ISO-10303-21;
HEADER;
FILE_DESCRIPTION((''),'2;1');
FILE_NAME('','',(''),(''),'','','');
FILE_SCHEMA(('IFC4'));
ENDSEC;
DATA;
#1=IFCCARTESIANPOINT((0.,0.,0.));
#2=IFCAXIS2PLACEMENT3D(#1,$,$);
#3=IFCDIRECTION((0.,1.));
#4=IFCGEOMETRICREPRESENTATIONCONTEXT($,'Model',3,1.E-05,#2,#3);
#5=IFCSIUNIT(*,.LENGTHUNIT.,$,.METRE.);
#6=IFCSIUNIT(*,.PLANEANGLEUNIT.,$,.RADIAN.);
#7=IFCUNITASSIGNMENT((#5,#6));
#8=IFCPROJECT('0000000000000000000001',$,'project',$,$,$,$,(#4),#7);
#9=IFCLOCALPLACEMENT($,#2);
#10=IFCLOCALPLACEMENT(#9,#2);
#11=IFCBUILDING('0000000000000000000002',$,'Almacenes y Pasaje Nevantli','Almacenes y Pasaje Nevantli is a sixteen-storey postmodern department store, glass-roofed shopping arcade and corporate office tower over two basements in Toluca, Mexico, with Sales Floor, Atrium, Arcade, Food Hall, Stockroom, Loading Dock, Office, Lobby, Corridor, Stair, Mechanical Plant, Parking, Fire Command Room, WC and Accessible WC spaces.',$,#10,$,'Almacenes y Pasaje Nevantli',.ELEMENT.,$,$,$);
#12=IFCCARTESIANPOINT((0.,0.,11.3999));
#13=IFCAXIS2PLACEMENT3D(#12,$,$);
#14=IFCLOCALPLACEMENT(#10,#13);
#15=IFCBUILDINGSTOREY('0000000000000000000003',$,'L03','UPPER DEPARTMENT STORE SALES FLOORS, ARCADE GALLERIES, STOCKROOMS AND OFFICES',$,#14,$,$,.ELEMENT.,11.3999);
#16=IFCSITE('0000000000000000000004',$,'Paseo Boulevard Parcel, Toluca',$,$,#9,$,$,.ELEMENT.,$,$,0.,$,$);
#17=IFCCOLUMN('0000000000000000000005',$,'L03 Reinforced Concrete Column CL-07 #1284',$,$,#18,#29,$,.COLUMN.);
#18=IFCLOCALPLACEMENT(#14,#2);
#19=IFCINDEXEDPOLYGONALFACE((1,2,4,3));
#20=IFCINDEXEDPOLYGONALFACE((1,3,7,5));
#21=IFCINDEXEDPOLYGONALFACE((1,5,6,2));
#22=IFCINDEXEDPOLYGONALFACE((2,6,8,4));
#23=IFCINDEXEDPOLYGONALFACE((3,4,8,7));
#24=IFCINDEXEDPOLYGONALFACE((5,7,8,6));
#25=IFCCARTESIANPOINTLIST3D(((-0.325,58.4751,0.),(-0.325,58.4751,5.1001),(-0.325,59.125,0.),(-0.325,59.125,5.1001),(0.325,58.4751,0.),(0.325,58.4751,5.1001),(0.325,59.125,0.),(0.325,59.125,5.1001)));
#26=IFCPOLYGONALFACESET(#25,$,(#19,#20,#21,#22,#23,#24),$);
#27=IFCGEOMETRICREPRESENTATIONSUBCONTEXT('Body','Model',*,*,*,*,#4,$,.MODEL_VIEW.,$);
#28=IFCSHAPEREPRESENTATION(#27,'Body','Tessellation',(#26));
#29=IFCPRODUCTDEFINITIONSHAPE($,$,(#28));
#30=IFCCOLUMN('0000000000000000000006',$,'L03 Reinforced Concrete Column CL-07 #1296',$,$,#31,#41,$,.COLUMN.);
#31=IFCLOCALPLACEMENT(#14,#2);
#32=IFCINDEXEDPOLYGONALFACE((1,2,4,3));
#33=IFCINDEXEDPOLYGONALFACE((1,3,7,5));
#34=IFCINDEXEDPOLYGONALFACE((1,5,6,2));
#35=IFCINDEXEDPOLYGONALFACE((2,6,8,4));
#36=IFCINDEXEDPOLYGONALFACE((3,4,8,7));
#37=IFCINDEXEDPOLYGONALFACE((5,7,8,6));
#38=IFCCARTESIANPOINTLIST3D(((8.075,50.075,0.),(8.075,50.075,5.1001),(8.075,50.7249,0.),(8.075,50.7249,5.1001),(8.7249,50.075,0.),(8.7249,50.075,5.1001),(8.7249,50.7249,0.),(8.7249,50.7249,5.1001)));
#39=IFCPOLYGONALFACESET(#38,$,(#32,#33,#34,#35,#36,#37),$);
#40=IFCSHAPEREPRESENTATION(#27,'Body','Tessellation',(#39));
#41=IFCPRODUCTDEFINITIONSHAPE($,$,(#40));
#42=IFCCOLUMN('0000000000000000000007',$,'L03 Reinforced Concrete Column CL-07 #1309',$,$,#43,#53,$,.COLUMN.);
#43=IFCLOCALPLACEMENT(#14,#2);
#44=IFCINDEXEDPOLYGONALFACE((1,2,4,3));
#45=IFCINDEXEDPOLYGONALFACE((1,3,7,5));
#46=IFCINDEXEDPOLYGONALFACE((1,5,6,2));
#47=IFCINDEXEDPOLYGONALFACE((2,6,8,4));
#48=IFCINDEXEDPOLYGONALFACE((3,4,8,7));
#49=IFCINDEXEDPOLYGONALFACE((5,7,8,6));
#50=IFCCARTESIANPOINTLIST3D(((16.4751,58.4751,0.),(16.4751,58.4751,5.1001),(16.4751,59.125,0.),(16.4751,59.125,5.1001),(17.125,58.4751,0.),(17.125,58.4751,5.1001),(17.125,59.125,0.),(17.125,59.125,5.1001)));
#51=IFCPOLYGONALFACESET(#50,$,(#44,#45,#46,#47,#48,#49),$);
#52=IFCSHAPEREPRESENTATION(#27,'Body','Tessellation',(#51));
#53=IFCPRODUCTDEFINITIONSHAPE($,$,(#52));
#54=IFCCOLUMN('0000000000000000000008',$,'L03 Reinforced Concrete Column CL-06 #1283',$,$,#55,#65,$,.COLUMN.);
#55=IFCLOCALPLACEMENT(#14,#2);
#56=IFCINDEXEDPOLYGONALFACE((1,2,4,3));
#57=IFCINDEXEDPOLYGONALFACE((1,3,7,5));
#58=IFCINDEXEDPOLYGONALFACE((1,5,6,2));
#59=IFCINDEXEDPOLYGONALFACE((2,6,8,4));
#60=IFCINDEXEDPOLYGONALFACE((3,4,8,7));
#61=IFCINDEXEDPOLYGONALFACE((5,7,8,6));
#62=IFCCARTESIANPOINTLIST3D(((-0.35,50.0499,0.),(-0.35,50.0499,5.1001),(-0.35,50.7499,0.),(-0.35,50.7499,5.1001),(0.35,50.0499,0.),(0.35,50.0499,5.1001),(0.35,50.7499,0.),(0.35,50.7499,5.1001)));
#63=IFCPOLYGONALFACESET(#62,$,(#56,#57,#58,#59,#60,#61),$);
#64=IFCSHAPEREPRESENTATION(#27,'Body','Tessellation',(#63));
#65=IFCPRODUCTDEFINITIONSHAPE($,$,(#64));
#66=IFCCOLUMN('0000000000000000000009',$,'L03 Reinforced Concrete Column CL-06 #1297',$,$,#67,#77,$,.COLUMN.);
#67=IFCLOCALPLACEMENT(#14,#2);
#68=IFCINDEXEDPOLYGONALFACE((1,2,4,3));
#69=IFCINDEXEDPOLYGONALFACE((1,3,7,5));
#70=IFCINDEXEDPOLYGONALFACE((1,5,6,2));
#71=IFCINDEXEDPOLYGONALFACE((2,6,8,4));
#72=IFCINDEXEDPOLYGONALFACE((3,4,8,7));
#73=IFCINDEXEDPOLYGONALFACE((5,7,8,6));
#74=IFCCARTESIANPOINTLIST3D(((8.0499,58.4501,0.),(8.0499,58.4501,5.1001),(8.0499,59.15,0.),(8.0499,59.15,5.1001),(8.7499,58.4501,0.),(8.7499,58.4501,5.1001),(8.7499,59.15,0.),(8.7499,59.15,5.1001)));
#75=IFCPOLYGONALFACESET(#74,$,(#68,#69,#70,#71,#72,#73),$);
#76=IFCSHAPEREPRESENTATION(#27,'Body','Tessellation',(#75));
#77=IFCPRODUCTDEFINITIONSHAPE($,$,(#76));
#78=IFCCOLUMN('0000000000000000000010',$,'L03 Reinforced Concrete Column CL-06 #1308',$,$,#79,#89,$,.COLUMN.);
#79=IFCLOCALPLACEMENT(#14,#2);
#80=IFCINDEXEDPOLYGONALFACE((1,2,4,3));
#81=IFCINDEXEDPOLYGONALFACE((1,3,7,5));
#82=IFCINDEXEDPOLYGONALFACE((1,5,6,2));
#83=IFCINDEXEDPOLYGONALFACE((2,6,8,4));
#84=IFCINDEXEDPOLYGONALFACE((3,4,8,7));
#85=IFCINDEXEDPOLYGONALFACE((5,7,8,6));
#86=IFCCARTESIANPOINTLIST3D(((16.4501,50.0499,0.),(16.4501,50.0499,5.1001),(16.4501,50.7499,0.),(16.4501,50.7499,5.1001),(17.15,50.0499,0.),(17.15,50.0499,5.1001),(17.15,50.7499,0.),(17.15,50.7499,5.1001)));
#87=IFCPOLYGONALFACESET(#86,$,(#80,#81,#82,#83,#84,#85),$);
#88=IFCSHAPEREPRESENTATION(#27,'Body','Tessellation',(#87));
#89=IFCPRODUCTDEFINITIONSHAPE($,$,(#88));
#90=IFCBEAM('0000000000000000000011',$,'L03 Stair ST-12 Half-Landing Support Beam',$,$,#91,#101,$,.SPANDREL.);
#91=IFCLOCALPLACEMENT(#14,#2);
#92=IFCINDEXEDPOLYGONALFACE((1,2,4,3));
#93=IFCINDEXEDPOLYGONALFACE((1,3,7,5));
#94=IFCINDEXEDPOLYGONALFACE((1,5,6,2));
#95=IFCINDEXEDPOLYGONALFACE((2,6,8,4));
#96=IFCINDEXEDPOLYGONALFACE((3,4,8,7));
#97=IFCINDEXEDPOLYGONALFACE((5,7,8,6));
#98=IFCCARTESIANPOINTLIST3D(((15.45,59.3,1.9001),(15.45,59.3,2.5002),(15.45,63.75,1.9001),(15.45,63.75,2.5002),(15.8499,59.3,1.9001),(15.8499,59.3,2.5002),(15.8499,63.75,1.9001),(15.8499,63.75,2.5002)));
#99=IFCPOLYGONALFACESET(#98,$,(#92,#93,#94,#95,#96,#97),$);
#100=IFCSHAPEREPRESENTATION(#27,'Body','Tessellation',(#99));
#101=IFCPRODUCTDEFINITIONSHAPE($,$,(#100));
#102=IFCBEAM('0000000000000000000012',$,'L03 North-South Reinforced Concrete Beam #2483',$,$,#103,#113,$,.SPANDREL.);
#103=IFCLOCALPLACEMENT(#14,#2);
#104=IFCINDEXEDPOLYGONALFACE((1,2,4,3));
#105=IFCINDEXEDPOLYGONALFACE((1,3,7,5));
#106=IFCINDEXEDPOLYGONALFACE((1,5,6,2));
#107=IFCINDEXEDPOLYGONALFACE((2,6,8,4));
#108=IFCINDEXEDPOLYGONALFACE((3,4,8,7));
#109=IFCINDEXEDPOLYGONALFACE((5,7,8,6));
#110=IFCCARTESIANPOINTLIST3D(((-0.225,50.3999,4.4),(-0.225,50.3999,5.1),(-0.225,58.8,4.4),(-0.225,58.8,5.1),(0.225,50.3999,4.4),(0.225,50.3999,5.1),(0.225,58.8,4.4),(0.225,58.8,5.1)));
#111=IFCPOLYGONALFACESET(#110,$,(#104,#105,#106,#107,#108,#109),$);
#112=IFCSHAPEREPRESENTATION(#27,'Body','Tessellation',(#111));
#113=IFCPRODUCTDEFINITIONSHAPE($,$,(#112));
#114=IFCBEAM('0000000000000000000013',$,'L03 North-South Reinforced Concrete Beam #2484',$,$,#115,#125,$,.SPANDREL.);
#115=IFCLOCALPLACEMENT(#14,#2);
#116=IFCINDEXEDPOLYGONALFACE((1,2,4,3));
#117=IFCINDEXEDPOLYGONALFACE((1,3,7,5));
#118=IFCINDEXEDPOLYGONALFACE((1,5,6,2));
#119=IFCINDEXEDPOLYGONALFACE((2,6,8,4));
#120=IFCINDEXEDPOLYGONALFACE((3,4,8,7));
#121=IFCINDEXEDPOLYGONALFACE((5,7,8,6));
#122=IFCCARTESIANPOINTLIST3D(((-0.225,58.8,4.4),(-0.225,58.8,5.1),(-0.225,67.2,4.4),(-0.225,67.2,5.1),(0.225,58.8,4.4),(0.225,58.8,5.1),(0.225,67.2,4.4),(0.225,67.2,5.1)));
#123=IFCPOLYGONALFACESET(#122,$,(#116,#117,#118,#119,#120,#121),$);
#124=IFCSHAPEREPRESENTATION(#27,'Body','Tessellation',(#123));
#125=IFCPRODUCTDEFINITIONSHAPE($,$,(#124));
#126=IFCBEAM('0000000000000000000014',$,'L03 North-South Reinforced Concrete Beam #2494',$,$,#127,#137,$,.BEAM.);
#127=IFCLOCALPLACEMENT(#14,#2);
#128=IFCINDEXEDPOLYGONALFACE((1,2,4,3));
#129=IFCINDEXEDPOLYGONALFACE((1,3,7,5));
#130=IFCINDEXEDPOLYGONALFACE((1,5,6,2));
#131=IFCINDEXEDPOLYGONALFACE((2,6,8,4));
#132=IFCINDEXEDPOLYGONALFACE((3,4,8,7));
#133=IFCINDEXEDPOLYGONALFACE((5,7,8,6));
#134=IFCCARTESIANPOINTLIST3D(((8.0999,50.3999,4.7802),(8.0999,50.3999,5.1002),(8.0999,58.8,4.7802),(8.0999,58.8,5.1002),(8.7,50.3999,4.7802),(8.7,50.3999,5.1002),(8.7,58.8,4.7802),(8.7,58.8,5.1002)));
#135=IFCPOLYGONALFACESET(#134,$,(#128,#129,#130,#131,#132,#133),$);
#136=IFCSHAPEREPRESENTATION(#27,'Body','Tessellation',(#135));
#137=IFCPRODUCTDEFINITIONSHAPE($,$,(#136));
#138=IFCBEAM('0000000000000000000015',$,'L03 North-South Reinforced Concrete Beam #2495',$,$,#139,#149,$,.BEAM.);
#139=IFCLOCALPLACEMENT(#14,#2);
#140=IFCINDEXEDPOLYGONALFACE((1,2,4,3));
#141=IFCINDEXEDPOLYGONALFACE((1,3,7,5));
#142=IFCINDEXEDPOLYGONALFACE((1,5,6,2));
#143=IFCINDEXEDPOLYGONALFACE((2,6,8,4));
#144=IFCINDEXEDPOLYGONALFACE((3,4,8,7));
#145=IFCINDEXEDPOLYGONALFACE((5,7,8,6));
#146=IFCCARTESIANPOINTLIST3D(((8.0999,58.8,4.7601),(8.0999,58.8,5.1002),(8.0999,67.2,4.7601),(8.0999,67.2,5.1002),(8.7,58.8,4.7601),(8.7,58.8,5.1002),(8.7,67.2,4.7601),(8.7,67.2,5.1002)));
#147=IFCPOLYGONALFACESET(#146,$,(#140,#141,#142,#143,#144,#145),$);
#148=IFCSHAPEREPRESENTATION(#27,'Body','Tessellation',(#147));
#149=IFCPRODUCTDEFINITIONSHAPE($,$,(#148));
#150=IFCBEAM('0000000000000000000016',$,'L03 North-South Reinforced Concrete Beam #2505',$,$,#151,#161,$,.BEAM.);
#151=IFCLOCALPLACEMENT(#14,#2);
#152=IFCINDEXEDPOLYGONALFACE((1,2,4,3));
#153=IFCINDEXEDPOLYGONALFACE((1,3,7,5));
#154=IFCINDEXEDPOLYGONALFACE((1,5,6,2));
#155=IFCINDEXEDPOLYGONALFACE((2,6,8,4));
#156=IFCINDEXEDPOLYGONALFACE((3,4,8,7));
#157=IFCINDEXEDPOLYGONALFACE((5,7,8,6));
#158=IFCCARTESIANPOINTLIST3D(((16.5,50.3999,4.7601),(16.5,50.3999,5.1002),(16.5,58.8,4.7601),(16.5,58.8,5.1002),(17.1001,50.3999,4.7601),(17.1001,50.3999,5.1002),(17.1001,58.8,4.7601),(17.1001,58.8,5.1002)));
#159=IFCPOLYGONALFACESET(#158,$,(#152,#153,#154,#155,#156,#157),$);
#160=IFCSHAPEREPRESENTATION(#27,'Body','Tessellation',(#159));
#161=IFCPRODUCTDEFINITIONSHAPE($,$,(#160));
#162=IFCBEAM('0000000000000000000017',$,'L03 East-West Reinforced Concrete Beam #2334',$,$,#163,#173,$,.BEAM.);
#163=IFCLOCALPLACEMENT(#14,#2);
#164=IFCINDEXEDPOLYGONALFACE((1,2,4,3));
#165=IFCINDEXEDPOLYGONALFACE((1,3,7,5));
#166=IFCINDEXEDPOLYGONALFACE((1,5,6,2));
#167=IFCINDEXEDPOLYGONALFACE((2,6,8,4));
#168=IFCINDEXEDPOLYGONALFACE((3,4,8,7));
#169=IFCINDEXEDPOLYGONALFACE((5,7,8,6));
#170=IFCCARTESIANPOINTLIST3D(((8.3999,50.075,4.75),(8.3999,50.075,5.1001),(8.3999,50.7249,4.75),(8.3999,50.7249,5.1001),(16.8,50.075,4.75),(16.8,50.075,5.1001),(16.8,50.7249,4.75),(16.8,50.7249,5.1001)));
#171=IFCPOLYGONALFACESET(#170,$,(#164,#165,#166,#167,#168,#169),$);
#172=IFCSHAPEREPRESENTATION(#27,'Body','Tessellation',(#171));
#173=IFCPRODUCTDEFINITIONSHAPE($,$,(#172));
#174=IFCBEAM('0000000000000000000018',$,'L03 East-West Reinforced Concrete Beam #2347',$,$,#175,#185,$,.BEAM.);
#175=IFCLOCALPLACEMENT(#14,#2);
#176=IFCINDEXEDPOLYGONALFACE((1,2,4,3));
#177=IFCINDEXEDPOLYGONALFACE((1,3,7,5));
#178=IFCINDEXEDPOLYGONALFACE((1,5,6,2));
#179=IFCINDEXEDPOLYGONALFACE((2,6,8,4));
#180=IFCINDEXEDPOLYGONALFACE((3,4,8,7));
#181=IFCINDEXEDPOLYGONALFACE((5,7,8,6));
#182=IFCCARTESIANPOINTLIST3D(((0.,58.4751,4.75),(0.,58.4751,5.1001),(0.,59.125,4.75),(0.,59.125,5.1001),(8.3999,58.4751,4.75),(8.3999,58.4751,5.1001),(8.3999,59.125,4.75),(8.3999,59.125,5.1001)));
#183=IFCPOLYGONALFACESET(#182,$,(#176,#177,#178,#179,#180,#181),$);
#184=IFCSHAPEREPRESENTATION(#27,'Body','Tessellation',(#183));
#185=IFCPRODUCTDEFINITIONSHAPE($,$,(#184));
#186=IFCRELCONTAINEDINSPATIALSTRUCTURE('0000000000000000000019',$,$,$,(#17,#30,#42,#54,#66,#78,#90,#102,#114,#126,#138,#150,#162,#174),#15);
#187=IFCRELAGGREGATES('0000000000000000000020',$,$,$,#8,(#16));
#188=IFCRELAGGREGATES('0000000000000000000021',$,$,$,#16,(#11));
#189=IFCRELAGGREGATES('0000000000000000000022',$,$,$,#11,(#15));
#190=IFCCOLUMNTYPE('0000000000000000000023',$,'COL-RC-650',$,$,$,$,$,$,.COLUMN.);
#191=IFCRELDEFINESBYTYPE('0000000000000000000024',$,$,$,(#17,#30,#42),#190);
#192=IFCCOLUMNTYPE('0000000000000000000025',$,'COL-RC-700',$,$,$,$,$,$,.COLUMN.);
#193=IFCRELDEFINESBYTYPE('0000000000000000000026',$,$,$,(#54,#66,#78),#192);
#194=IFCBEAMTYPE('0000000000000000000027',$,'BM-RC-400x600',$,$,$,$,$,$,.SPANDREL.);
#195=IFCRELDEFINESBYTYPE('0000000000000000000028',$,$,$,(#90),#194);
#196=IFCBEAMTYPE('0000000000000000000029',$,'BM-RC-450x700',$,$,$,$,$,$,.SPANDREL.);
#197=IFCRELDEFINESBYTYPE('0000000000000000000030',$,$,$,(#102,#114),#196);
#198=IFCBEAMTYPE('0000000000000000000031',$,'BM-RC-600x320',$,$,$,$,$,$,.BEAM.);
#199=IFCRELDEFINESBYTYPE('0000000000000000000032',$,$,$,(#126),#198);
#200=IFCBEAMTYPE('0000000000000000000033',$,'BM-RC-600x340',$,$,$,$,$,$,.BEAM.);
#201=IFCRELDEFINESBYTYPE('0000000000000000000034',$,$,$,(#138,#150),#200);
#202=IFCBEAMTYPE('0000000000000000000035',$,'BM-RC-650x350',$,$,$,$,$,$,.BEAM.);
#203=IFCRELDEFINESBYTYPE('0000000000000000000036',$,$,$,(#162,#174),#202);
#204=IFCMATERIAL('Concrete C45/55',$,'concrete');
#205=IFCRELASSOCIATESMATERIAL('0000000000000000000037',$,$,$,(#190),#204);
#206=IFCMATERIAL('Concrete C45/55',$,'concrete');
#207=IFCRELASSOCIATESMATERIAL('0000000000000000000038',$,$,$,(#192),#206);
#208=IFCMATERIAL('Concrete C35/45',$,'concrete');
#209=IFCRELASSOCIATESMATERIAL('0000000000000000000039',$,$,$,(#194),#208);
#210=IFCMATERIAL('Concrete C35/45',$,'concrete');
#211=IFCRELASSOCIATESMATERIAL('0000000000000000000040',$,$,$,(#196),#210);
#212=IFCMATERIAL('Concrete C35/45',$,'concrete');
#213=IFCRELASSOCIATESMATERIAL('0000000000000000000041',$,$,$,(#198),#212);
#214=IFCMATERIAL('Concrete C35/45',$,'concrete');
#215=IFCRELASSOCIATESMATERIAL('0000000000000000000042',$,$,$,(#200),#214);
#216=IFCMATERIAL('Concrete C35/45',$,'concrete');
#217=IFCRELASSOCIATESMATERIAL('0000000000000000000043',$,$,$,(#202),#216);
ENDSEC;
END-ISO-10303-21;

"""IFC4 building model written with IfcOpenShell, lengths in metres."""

from ifc_helpers import new_model, si_unit, direction, frame, origin, origin_2d, place, context, subcontext, project, spatial, rectangle, extrude, material, material_profile, profile_set, type_object, element, save


model = new_model("IFC4")

# Units and contexts
model_context = context("Model", 3, precision=1e-05, world=origin(), true_north=direction((0.0, 1.0)))
body_context = subcontext(model_context, "Body", "Model", "MODEL_VIEW")
ifc_project = project(units=[si_unit("LENGTHUNIT", "METRE"), si_unit("PLANEANGLEUNIT", "RADIAN")], contexts=[model_context])

# Site, building, storey
site_placement = place(None, origin())
site = spatial("IfcSite", under=ifc_project, at=site_placement, Name="Paseo Boulevard Parcel, Toluca", CompositionType="ELEMENT", RefElevation=0.0)
building_placement = place(site_placement, origin())
building = spatial("IfcBuilding", under=site, at=building_placement, Name="Almacenes y Pasaje Nevantli", Description="Almacenes y Pasaje Nevantli is a sixteen-storey postmodern department store, glass-roofed shopping arcade and corporate office tower over two basements in Toluca, Mexico, with Sales Floor, Atrium, Arcade, Food Hall, Stockroom, Loading Dock, Office, Lobby, Corridor, Stair, Mechanical Plant, Parking, Fire Command Room, WC and Accessible WC spaces.", LongName="Almacenes y Pasaje Nevantli", CompositionType="ELEMENT")
storey_placement = place(building_placement, frame((0.0, 0.0, 11.3999)))
storey = spatial("IfcBuildingStorey", under=building, at=storey_placement, Name="L03", Description="UPPER DEPARTMENT STORE SALES FLOORS, ARCADE GALLERIES, STOCKROOMS AND OFFICES", CompositionType="ELEMENT", Elevation=11.3999)

# Columns
ifc_material_1 = material(Name="Concrete C45/55", Category="concrete")
ifc_material_profile_1 = material_profile(ifc_material_1, rectangle(XDim=0.6499, YDim=0.6499, at=origin_2d()), Name="RC-COL-650x650")
ifc_profile_set_1 = profile_set([ifc_material_profile_1], Name="Concrete C45/55")
column_type_1 = type_object("IfcColumnType", Name="COL-RC-650", PredefinedType="COLUMN", material=ifc_profile_set_1)
for number, where, z_axis, x_axis, name in (
    (1, (0.0, 58.8, 0.0), (0.0, 0.0, 1.0), (1.0, 0.0, 0.0), "L03 Reinforced Concrete Column CL-07 #1284"),
    (2, (8.3999, 50.3999, 0.0), (0.0, 0.0, 1.0), (1.0, 0.0, 0.0), "L03 Reinforced Concrete Column CL-07 #1296"),
    (3, (16.8, 58.8, 0.0), (0.0, 0.0, 1.0), (1.0, 0.0, 0.0), "L03 Reinforced Concrete Column CL-07 #1309"),
):
    element("IfcColumn", number, at=place(storey_placement, frame(where, z_axis=z_axis, x_axis=x_axis)), inside=storey, type_object=column_type_1, Name=name, PredefinedType="COLUMN", context=body_context, shape_type="SweptSolid", body=[
        extrude(rectangle(XDim=0.6499, YDim=0.6499, at=origin_2d()), origin(), (0.0, 0.0, 1.0), 5.1001),
    ])
ifc_material_2 = material(Name="Concrete C45/55", Category="concrete")
ifc_material_profile_2 = material_profile(ifc_material_2, rectangle(XDim=0.7, YDim=0.7, at=origin_2d()), Name="RC-COL-700x700")
ifc_profile_set_2 = profile_set([ifc_material_profile_2], Name="Concrete C45/55")
column_type_2 = type_object("IfcColumnType", Name="COL-RC-700", PredefinedType="COLUMN", material=ifc_profile_set_2)
for number, where, z_axis, x_axis, name in (
    (4, (0.0, 50.3999, 0.0), (0.0, 0.0, 1.0), (1.0, 0.0, 0.0), "L03 Reinforced Concrete Column CL-06 #1283"),
    (5, (8.3999, 58.8, 0.0), (0.0, 0.0, 1.0), (1.0, 0.0, 0.0), "L03 Reinforced Concrete Column CL-06 #1297"),
    (6, (16.8, 50.3999, 0.0), (0.0, 0.0, 1.0), (1.0, 0.0, 0.0), "L03 Reinforced Concrete Column CL-06 #1308"),
):
    element("IfcColumn", number, at=place(storey_placement, frame(where, z_axis=z_axis, x_axis=x_axis)), inside=storey, type_object=column_type_2, Name=name, PredefinedType="COLUMN", context=body_context, shape_type="SweptSolid", body=[
        extrude(rectangle(XDim=0.7, YDim=0.7, at=origin_2d()), origin(), (0.0, 0.0, 1.0), 5.1001),
    ])

# Beams
ifc_material_3 = material(Name="Concrete C35/45", Category="concrete")
ifc_material_profile_3 = material_profile(ifc_material_3, rectangle(XDim=0.3999, YDim=0.6001, at=origin_2d()), Name="RC-BM-400x600")
ifc_profile_set_3 = profile_set([ifc_material_profile_3], Name="Concrete C35/45")
beam_type_1 = type_object("IfcBeamType", Name="BM-RC-400x600", PredefinedType="SPANDREL", material=ifc_profile_set_3)
beam_1_placement = place(storey_placement, frame((15.6499, 59.3, 2.2002), z_axis=(0.0, 1.0, 0.0), x_axis=(-1.0, 0.0, 0.0)))
element("IfcBeam", 7, at=beam_1_placement, inside=storey, type_object=beam_type_1, Name="L03 Stair ST-12 Half-Landing Support Beam", PredefinedType="SPANDREL", context=body_context, shape_type="SweptSolid", body=[
    extrude(rectangle(XDim=0.3999, YDim=0.6001, at=origin_2d()), origin(), (0.0, 0.0, 1.0), 4.45),
])
ifc_material_4 = material(Name="Concrete C35/45", Category="concrete")
ifc_material_profile_4 = material_profile(ifc_material_4, rectangle(XDim=0.45, YDim=0.7, at=origin_2d()), Name="RC-BM-450x700")
ifc_profile_set_4 = profile_set([ifc_material_profile_4], Name="Concrete C35/45")
beam_type_2 = type_object("IfcBeamType", Name="BM-RC-450x700", PredefinedType="SPANDREL", material=ifc_profile_set_4)
beam_2_placement = place(storey_placement, frame((0.0, 50.3999, 4.75), z_axis=(0.0, 1.0, 0.0), x_axis=(-1.0, 0.0, 0.0)))
element("IfcBeam", 8, at=beam_2_placement, inside=storey, type_object=beam_type_2, Name="L03 North-South Reinforced Concrete Beam #2483", PredefinedType="SPANDREL", context=body_context, shape_type="SweptSolid", body=[
    extrude(rectangle(XDim=0.45, YDim=0.7, at=origin_2d()), origin(), (0.0, 0.0, 1.0), 8.4001),
])
beam_3_placement = place(storey_placement, frame((0.0, 58.8, 4.75), z_axis=(0.0, 1.0, 0.0), x_axis=(-1.0, 0.0, 0.0)))
element("IfcBeam", 9, at=beam_3_placement, inside=storey, type_object=beam_type_2, Name="L03 North-South Reinforced Concrete Beam #2484", PredefinedType="SPANDREL", context=body_context, shape_type="SweptSolid", body=[
    extrude(rectangle(XDim=0.45, YDim=0.7, at=origin_2d()), origin(), (0.0, 0.0, 1.0), 8.3999),
])
ifc_material_5 = material(Name="Concrete C35/45", Category="concrete")
ifc_material_profile_5 = material_profile(ifc_material_5, rectangle(XDim=0.6001, YDim=0.3201, at=origin_2d()), Name="RC-BM-600x320")
ifc_profile_set_5 = profile_set([ifc_material_profile_5], Name="Concrete C35/45")
beam_type_3 = type_object("IfcBeamType", Name="BM-RC-600x320", PredefinedType="BEAM", material=ifc_profile_set_5)
beam_4_placement = place(storey_placement, frame((8.3999, 50.3999, 4.9402), z_axis=(0.0, 1.0, 0.0), x_axis=(-1.0, 0.0, 0.0)))
element("IfcBeam", 10, at=beam_4_placement, inside=storey, type_object=beam_type_3, Name="L03 North-South Reinforced Concrete Beam #2494", PredefinedType="BEAM", context=body_context, shape_type="SweptSolid", body=[
    extrude(rectangle(XDim=0.6001, YDim=0.3201, at=origin_2d()), origin(), (0.0, 0.0, 1.0), 8.4001),
])
ifc_material_6 = material(Name="Concrete C35/45", Category="concrete")
ifc_material_profile_6 = material_profile(ifc_material_6, rectangle(XDim=0.6001, YDim=0.3401, at=origin_2d()), Name="RC-BM-600x340")
ifc_profile_set_6 = profile_set([ifc_material_profile_6], Name="Concrete C35/45")
beam_type_4 = type_object("IfcBeamType", Name="BM-RC-600x340", PredefinedType="BEAM", material=ifc_profile_set_6)
beam_5_placement = place(storey_placement, frame((8.3999, 58.8, 4.9302), z_axis=(0.0, 1.0, 0.0), x_axis=(-1.0, 0.0, 0.0)))
element("IfcBeam", 11, at=beam_5_placement, inside=storey, type_object=beam_type_4, Name="L03 North-South Reinforced Concrete Beam #2495", PredefinedType="BEAM", context=body_context, shape_type="SweptSolid", body=[
    extrude(rectangle(XDim=0.6001, YDim=0.3401, at=origin_2d()), origin(), (0.0, 0.0, 1.0), 8.3999),
])
beam_6_placement = place(storey_placement, frame((16.8, 50.3999, 4.9302), z_axis=(0.0, 1.0, 0.0), x_axis=(-1.0, 0.0, 0.0)))
element("IfcBeam", 12, at=beam_6_placement, inside=storey, type_object=beam_type_4, Name="L03 North-South Reinforced Concrete Beam #2505", PredefinedType="BEAM", context=body_context, shape_type="SweptSolid", body=[
    extrude(rectangle(XDim=0.6001, YDim=0.3401, at=origin_2d()), origin(), (0.0, 0.0, 1.0), 8.4001),
])
ifc_material_7 = material(Name="Concrete C35/45", Category="concrete")
ifc_material_profile_7 = material_profile(ifc_material_7, rectangle(XDim=0.6499, YDim=0.3501, at=origin_2d()), Name="RC-BM-650x350")
ifc_profile_set_7 = profile_set([ifc_material_profile_7], Name="Concrete C35/45")
beam_type_5 = type_object("IfcBeamType", Name="BM-RC-650x350", PredefinedType="BEAM", material=ifc_profile_set_7)
beam_7_placement = place(storey_placement, frame((8.3999, 50.3999, 4.925), z_axis=(1.0, 0.0, 0.0), x_axis=(0.0, 1.0, 0.0)))
element("IfcBeam", 13, at=beam_7_placement, inside=storey, type_object=beam_type_5, Name="L03 East-West Reinforced Concrete Beam #2334", PredefinedType="BEAM", context=body_context, shape_type="SweptSolid", body=[
    extrude(rectangle(XDim=0.6499, YDim=0.3501, at=origin_2d()), origin(), (0.0, 0.0, 1.0), 8.4001),
])
for number, where, z_axis, x_axis, name in (
    (14, (0.0, 58.8, 4.925), (1.0, 0.0, 0.0), (0.0, 1.0, 0.0), "L03 East-West Reinforced Concrete Beam #2347"),
):
    element("IfcBeam", number, at=place(storey_placement, frame(where, z_axis=z_axis, x_axis=x_axis)), inside=storey, type_object=beam_type_5, Name=name, PredefinedType="BEAM", context=body_context, shape_type="SweptSolid", body=[
        extrude(rectangle(XDim=0.6499, YDim=0.3501, at=origin_2d()), origin(), (0.0, 0.0, 1.0), 8.3999),
    ])

save(model, "model.ifc")
